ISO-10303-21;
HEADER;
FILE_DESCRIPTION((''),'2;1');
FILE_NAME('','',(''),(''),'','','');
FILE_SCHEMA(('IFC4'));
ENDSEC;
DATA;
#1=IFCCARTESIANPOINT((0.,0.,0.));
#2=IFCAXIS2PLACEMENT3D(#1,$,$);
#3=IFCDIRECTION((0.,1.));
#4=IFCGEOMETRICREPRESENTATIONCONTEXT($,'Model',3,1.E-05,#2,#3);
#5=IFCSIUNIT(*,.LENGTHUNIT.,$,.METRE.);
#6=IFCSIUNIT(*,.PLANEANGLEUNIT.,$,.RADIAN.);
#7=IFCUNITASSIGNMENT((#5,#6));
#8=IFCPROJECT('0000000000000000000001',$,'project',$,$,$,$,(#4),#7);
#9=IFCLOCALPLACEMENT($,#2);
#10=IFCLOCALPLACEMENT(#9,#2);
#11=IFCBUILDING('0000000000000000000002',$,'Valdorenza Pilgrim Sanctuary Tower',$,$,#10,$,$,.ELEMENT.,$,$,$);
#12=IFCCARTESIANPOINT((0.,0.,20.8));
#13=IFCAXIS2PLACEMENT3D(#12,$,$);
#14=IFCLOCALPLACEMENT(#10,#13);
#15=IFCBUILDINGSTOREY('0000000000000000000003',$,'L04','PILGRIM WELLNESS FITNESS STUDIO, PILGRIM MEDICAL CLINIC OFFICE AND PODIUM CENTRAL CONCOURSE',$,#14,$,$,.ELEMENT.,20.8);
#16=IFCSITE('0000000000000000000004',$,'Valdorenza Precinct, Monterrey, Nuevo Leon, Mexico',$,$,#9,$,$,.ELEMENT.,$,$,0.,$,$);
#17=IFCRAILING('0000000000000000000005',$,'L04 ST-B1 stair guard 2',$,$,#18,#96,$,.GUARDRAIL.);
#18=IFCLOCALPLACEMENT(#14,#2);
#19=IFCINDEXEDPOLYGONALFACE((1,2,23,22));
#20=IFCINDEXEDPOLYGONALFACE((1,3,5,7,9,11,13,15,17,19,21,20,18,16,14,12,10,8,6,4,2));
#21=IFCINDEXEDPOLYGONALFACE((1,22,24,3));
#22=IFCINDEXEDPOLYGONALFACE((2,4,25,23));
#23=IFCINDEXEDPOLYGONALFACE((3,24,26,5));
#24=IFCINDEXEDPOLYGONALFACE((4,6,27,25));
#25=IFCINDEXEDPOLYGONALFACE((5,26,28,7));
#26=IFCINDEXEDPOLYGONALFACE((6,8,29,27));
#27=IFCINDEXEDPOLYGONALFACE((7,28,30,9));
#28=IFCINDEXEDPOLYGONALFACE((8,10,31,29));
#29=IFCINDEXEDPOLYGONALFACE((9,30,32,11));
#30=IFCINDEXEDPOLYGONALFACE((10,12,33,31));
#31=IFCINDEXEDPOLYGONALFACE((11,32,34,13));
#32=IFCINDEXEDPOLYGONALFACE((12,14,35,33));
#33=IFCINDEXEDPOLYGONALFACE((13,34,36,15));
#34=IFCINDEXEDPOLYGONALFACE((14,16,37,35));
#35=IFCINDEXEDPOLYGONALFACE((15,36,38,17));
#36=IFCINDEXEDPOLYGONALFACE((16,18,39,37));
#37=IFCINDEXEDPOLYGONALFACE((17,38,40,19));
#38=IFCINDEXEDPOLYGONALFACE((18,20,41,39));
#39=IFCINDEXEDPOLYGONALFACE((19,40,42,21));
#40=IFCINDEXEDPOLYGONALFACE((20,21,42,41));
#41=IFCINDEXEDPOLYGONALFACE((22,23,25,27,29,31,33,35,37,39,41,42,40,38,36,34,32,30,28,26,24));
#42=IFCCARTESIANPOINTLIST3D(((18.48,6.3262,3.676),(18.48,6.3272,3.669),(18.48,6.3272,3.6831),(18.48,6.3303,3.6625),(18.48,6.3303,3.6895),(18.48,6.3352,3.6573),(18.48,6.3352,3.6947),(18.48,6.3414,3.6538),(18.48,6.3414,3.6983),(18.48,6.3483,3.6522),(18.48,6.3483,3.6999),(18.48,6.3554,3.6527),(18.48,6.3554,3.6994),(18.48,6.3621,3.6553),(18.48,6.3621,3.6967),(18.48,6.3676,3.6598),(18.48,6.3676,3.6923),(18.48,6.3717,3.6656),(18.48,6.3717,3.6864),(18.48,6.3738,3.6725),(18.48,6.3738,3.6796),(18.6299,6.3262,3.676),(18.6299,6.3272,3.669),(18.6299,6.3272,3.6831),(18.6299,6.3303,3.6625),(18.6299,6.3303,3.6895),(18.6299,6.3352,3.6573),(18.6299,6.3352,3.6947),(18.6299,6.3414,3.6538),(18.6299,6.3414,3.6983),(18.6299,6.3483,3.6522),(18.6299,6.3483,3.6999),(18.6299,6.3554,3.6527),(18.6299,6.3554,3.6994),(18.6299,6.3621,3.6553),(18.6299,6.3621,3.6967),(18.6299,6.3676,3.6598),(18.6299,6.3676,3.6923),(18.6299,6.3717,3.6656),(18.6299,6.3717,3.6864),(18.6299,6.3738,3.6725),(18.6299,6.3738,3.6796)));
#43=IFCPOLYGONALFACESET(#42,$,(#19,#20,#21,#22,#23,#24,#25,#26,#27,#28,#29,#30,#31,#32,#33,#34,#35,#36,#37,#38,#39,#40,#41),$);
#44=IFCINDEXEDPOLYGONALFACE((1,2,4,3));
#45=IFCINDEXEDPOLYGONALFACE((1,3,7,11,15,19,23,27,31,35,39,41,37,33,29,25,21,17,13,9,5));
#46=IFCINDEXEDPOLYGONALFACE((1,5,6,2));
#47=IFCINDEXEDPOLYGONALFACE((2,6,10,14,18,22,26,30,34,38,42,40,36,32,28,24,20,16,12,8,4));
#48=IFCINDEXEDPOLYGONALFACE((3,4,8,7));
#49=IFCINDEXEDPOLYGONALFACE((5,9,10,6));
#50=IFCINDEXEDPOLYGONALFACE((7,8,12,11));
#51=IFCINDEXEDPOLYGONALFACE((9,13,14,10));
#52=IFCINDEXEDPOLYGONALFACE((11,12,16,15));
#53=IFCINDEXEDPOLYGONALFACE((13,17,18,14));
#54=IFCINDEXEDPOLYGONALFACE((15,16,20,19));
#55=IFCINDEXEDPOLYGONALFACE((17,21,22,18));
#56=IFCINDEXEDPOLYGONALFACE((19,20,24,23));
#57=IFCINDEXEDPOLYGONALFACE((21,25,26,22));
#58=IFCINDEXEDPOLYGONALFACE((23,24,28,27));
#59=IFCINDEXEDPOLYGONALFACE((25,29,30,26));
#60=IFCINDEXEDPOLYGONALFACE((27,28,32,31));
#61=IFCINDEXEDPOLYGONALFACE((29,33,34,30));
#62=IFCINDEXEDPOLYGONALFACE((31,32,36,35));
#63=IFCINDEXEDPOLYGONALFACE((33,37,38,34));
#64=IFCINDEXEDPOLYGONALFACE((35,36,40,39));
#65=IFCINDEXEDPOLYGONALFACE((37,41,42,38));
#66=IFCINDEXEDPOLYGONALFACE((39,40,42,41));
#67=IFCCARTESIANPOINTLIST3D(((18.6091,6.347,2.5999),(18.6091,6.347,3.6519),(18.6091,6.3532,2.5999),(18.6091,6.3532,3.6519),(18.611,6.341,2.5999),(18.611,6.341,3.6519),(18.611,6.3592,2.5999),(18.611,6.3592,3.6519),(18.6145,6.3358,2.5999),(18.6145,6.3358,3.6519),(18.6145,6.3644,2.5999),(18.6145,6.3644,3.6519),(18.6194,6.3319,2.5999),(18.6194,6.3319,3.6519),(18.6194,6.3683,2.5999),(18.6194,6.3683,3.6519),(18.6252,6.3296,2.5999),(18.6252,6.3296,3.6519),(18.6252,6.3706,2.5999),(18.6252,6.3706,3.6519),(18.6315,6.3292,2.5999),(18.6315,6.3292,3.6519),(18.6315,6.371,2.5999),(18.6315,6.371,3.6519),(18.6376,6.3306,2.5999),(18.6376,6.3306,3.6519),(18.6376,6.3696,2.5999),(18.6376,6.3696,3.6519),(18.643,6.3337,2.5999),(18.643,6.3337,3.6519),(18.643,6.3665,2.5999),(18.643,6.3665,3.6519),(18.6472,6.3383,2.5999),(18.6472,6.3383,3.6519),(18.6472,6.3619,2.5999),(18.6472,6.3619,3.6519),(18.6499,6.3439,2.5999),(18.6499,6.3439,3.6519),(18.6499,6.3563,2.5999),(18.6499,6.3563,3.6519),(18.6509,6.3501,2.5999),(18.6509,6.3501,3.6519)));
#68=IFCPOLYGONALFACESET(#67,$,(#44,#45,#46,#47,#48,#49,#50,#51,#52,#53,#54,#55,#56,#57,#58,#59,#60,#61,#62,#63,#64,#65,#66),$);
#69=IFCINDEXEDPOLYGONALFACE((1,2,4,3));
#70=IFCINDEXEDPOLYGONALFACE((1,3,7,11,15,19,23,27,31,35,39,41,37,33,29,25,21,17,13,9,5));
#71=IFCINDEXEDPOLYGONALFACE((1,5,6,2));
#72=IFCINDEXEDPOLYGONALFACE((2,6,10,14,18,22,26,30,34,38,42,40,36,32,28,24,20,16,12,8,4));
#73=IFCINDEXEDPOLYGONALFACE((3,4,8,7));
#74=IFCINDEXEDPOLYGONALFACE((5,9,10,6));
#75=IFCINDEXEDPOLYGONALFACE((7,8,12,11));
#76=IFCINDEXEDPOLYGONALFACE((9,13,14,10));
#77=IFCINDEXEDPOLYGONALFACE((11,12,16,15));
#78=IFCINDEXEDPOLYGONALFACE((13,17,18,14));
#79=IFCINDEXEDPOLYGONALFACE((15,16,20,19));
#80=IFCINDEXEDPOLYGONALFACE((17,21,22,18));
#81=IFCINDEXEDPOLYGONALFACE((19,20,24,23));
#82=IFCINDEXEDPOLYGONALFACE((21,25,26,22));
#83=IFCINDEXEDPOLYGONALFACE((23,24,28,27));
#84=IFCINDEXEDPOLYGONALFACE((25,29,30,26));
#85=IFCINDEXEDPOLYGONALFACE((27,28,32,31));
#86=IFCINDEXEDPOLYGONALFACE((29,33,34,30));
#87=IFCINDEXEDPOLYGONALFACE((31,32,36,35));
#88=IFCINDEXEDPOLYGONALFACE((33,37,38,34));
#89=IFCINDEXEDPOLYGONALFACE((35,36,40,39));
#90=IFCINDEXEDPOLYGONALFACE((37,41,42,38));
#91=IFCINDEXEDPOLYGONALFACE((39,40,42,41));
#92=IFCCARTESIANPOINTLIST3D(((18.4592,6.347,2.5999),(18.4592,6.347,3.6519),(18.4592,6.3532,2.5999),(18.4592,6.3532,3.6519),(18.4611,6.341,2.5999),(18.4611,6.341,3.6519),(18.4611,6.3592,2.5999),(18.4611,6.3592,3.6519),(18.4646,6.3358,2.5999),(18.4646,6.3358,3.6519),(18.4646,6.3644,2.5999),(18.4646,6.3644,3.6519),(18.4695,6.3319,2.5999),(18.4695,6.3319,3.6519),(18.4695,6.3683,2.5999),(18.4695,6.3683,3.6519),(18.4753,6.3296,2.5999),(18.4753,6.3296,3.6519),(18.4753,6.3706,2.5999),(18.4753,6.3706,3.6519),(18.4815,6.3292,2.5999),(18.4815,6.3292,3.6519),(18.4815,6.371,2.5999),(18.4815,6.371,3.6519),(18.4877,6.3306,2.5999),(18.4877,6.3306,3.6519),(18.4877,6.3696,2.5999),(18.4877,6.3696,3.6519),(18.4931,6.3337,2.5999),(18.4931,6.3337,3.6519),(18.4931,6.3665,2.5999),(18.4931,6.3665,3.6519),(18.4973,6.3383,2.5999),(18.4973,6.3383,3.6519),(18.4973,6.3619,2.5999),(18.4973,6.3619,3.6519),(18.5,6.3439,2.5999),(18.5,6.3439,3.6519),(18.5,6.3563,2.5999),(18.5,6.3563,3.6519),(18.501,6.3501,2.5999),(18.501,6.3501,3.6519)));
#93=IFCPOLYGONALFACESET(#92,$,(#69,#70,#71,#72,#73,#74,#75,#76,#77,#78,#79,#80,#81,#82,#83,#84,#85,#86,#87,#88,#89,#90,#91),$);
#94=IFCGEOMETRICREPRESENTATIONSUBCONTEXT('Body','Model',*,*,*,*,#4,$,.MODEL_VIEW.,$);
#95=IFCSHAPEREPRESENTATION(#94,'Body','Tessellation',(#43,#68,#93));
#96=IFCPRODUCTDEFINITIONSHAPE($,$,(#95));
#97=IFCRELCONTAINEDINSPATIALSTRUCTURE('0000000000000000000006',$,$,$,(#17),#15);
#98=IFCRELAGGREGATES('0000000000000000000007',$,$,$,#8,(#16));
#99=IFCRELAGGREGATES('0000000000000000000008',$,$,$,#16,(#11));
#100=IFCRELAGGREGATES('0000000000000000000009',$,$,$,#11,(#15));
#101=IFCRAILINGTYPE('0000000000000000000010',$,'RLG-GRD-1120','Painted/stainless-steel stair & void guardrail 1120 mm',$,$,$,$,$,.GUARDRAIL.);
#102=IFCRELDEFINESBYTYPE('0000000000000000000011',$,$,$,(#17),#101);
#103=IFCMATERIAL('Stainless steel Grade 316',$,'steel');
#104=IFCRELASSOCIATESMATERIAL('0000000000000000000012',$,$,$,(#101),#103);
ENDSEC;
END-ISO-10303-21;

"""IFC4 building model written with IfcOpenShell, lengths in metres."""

from ifc_helpers import new_model, si_unit, direction, frame, origin, origin_2d, place, context, subcontext, project, spatial, circle, extrude, material, type_object, element, save


model = new_model("IFC4")

# Units and contexts
model_context = context("Model", 3, precision=1e-05, world=origin(), true_north=direction((0.0, 1.0)))
body_context = subcontext(model_context, "Body", "Model", "MODEL_VIEW")
ifc_project = project(units=[si_unit("LENGTHUNIT", "METRE"), si_unit("PLANEANGLEUNIT", "RADIAN")], contexts=[model_context])

# Site, building, storey
site_placement = place(None, origin())
site = spatial("IfcSite", under=ifc_project, at=site_placement, Name="Valdorenza Precinct, Monterrey, Nuevo Leon, Mexico", CompositionType="ELEMENT", RefElevation=0.0)
building_placement = place(site_placement, origin())
building = spatial("IfcBuilding", under=site, at=building_placement, Name="Valdorenza Pilgrim Sanctuary Tower", CompositionType="ELEMENT")
storey_placement = place(building_placement, frame((0.0, 0.0, 20.8)))
storey = spatial("IfcBuildingStorey", under=building, at=storey_placement, Name="L04", Description="PILGRIM WELLNESS FITNESS STUDIO, PILGRIM MEDICAL CLINIC OFFICE AND PODIUM CENTRAL CONCOURSE", CompositionType="ELEMENT", Elevation=20.8)

# Railing
ifc_material_1 = material(Name="Stainless steel Grade 316", Category="steel")
railing_type_1 = type_object("IfcRailingType", Name="RLG-GRD-1120", Description="Painted/stainless-steel stair & void guardrail 1120 mm", PredefinedType="GUARDRAIL", material=ifc_material_1)
railing_1_placement = place(storey_placement, frame((18.6299, 6.3501, 2.5999)))
element("IfcRailing", 1, at=railing_1_placement, inside=storey, type_object=railing_type_1, Name="L04 ST-B1 stair guard 2", PredefinedType="GUARDRAIL", context=body_context, shape_type="SweptSolid", body=[
    extrude(circle(Radius=0.0239, at=origin_2d()), frame((0.0, 0.0, 1.0762), z_axis=(-1.0, 0.0, 0.0), x_axis=(0.0, -1.0, 0.0)), (0.0, 0.0, 1.0), 0.1499),
    extrude(circle(Radius=0.021, at=origin_2d()), origin(), (0.0, 0.0, 1.0), 1.052),
    extrude(circle(Radius=0.021, at=origin_2d()), frame((-0.1499, 0.0, 0.0)), (0.0, 0.0, 1.0), 1.052),
])

save(model, "model.ifc")
